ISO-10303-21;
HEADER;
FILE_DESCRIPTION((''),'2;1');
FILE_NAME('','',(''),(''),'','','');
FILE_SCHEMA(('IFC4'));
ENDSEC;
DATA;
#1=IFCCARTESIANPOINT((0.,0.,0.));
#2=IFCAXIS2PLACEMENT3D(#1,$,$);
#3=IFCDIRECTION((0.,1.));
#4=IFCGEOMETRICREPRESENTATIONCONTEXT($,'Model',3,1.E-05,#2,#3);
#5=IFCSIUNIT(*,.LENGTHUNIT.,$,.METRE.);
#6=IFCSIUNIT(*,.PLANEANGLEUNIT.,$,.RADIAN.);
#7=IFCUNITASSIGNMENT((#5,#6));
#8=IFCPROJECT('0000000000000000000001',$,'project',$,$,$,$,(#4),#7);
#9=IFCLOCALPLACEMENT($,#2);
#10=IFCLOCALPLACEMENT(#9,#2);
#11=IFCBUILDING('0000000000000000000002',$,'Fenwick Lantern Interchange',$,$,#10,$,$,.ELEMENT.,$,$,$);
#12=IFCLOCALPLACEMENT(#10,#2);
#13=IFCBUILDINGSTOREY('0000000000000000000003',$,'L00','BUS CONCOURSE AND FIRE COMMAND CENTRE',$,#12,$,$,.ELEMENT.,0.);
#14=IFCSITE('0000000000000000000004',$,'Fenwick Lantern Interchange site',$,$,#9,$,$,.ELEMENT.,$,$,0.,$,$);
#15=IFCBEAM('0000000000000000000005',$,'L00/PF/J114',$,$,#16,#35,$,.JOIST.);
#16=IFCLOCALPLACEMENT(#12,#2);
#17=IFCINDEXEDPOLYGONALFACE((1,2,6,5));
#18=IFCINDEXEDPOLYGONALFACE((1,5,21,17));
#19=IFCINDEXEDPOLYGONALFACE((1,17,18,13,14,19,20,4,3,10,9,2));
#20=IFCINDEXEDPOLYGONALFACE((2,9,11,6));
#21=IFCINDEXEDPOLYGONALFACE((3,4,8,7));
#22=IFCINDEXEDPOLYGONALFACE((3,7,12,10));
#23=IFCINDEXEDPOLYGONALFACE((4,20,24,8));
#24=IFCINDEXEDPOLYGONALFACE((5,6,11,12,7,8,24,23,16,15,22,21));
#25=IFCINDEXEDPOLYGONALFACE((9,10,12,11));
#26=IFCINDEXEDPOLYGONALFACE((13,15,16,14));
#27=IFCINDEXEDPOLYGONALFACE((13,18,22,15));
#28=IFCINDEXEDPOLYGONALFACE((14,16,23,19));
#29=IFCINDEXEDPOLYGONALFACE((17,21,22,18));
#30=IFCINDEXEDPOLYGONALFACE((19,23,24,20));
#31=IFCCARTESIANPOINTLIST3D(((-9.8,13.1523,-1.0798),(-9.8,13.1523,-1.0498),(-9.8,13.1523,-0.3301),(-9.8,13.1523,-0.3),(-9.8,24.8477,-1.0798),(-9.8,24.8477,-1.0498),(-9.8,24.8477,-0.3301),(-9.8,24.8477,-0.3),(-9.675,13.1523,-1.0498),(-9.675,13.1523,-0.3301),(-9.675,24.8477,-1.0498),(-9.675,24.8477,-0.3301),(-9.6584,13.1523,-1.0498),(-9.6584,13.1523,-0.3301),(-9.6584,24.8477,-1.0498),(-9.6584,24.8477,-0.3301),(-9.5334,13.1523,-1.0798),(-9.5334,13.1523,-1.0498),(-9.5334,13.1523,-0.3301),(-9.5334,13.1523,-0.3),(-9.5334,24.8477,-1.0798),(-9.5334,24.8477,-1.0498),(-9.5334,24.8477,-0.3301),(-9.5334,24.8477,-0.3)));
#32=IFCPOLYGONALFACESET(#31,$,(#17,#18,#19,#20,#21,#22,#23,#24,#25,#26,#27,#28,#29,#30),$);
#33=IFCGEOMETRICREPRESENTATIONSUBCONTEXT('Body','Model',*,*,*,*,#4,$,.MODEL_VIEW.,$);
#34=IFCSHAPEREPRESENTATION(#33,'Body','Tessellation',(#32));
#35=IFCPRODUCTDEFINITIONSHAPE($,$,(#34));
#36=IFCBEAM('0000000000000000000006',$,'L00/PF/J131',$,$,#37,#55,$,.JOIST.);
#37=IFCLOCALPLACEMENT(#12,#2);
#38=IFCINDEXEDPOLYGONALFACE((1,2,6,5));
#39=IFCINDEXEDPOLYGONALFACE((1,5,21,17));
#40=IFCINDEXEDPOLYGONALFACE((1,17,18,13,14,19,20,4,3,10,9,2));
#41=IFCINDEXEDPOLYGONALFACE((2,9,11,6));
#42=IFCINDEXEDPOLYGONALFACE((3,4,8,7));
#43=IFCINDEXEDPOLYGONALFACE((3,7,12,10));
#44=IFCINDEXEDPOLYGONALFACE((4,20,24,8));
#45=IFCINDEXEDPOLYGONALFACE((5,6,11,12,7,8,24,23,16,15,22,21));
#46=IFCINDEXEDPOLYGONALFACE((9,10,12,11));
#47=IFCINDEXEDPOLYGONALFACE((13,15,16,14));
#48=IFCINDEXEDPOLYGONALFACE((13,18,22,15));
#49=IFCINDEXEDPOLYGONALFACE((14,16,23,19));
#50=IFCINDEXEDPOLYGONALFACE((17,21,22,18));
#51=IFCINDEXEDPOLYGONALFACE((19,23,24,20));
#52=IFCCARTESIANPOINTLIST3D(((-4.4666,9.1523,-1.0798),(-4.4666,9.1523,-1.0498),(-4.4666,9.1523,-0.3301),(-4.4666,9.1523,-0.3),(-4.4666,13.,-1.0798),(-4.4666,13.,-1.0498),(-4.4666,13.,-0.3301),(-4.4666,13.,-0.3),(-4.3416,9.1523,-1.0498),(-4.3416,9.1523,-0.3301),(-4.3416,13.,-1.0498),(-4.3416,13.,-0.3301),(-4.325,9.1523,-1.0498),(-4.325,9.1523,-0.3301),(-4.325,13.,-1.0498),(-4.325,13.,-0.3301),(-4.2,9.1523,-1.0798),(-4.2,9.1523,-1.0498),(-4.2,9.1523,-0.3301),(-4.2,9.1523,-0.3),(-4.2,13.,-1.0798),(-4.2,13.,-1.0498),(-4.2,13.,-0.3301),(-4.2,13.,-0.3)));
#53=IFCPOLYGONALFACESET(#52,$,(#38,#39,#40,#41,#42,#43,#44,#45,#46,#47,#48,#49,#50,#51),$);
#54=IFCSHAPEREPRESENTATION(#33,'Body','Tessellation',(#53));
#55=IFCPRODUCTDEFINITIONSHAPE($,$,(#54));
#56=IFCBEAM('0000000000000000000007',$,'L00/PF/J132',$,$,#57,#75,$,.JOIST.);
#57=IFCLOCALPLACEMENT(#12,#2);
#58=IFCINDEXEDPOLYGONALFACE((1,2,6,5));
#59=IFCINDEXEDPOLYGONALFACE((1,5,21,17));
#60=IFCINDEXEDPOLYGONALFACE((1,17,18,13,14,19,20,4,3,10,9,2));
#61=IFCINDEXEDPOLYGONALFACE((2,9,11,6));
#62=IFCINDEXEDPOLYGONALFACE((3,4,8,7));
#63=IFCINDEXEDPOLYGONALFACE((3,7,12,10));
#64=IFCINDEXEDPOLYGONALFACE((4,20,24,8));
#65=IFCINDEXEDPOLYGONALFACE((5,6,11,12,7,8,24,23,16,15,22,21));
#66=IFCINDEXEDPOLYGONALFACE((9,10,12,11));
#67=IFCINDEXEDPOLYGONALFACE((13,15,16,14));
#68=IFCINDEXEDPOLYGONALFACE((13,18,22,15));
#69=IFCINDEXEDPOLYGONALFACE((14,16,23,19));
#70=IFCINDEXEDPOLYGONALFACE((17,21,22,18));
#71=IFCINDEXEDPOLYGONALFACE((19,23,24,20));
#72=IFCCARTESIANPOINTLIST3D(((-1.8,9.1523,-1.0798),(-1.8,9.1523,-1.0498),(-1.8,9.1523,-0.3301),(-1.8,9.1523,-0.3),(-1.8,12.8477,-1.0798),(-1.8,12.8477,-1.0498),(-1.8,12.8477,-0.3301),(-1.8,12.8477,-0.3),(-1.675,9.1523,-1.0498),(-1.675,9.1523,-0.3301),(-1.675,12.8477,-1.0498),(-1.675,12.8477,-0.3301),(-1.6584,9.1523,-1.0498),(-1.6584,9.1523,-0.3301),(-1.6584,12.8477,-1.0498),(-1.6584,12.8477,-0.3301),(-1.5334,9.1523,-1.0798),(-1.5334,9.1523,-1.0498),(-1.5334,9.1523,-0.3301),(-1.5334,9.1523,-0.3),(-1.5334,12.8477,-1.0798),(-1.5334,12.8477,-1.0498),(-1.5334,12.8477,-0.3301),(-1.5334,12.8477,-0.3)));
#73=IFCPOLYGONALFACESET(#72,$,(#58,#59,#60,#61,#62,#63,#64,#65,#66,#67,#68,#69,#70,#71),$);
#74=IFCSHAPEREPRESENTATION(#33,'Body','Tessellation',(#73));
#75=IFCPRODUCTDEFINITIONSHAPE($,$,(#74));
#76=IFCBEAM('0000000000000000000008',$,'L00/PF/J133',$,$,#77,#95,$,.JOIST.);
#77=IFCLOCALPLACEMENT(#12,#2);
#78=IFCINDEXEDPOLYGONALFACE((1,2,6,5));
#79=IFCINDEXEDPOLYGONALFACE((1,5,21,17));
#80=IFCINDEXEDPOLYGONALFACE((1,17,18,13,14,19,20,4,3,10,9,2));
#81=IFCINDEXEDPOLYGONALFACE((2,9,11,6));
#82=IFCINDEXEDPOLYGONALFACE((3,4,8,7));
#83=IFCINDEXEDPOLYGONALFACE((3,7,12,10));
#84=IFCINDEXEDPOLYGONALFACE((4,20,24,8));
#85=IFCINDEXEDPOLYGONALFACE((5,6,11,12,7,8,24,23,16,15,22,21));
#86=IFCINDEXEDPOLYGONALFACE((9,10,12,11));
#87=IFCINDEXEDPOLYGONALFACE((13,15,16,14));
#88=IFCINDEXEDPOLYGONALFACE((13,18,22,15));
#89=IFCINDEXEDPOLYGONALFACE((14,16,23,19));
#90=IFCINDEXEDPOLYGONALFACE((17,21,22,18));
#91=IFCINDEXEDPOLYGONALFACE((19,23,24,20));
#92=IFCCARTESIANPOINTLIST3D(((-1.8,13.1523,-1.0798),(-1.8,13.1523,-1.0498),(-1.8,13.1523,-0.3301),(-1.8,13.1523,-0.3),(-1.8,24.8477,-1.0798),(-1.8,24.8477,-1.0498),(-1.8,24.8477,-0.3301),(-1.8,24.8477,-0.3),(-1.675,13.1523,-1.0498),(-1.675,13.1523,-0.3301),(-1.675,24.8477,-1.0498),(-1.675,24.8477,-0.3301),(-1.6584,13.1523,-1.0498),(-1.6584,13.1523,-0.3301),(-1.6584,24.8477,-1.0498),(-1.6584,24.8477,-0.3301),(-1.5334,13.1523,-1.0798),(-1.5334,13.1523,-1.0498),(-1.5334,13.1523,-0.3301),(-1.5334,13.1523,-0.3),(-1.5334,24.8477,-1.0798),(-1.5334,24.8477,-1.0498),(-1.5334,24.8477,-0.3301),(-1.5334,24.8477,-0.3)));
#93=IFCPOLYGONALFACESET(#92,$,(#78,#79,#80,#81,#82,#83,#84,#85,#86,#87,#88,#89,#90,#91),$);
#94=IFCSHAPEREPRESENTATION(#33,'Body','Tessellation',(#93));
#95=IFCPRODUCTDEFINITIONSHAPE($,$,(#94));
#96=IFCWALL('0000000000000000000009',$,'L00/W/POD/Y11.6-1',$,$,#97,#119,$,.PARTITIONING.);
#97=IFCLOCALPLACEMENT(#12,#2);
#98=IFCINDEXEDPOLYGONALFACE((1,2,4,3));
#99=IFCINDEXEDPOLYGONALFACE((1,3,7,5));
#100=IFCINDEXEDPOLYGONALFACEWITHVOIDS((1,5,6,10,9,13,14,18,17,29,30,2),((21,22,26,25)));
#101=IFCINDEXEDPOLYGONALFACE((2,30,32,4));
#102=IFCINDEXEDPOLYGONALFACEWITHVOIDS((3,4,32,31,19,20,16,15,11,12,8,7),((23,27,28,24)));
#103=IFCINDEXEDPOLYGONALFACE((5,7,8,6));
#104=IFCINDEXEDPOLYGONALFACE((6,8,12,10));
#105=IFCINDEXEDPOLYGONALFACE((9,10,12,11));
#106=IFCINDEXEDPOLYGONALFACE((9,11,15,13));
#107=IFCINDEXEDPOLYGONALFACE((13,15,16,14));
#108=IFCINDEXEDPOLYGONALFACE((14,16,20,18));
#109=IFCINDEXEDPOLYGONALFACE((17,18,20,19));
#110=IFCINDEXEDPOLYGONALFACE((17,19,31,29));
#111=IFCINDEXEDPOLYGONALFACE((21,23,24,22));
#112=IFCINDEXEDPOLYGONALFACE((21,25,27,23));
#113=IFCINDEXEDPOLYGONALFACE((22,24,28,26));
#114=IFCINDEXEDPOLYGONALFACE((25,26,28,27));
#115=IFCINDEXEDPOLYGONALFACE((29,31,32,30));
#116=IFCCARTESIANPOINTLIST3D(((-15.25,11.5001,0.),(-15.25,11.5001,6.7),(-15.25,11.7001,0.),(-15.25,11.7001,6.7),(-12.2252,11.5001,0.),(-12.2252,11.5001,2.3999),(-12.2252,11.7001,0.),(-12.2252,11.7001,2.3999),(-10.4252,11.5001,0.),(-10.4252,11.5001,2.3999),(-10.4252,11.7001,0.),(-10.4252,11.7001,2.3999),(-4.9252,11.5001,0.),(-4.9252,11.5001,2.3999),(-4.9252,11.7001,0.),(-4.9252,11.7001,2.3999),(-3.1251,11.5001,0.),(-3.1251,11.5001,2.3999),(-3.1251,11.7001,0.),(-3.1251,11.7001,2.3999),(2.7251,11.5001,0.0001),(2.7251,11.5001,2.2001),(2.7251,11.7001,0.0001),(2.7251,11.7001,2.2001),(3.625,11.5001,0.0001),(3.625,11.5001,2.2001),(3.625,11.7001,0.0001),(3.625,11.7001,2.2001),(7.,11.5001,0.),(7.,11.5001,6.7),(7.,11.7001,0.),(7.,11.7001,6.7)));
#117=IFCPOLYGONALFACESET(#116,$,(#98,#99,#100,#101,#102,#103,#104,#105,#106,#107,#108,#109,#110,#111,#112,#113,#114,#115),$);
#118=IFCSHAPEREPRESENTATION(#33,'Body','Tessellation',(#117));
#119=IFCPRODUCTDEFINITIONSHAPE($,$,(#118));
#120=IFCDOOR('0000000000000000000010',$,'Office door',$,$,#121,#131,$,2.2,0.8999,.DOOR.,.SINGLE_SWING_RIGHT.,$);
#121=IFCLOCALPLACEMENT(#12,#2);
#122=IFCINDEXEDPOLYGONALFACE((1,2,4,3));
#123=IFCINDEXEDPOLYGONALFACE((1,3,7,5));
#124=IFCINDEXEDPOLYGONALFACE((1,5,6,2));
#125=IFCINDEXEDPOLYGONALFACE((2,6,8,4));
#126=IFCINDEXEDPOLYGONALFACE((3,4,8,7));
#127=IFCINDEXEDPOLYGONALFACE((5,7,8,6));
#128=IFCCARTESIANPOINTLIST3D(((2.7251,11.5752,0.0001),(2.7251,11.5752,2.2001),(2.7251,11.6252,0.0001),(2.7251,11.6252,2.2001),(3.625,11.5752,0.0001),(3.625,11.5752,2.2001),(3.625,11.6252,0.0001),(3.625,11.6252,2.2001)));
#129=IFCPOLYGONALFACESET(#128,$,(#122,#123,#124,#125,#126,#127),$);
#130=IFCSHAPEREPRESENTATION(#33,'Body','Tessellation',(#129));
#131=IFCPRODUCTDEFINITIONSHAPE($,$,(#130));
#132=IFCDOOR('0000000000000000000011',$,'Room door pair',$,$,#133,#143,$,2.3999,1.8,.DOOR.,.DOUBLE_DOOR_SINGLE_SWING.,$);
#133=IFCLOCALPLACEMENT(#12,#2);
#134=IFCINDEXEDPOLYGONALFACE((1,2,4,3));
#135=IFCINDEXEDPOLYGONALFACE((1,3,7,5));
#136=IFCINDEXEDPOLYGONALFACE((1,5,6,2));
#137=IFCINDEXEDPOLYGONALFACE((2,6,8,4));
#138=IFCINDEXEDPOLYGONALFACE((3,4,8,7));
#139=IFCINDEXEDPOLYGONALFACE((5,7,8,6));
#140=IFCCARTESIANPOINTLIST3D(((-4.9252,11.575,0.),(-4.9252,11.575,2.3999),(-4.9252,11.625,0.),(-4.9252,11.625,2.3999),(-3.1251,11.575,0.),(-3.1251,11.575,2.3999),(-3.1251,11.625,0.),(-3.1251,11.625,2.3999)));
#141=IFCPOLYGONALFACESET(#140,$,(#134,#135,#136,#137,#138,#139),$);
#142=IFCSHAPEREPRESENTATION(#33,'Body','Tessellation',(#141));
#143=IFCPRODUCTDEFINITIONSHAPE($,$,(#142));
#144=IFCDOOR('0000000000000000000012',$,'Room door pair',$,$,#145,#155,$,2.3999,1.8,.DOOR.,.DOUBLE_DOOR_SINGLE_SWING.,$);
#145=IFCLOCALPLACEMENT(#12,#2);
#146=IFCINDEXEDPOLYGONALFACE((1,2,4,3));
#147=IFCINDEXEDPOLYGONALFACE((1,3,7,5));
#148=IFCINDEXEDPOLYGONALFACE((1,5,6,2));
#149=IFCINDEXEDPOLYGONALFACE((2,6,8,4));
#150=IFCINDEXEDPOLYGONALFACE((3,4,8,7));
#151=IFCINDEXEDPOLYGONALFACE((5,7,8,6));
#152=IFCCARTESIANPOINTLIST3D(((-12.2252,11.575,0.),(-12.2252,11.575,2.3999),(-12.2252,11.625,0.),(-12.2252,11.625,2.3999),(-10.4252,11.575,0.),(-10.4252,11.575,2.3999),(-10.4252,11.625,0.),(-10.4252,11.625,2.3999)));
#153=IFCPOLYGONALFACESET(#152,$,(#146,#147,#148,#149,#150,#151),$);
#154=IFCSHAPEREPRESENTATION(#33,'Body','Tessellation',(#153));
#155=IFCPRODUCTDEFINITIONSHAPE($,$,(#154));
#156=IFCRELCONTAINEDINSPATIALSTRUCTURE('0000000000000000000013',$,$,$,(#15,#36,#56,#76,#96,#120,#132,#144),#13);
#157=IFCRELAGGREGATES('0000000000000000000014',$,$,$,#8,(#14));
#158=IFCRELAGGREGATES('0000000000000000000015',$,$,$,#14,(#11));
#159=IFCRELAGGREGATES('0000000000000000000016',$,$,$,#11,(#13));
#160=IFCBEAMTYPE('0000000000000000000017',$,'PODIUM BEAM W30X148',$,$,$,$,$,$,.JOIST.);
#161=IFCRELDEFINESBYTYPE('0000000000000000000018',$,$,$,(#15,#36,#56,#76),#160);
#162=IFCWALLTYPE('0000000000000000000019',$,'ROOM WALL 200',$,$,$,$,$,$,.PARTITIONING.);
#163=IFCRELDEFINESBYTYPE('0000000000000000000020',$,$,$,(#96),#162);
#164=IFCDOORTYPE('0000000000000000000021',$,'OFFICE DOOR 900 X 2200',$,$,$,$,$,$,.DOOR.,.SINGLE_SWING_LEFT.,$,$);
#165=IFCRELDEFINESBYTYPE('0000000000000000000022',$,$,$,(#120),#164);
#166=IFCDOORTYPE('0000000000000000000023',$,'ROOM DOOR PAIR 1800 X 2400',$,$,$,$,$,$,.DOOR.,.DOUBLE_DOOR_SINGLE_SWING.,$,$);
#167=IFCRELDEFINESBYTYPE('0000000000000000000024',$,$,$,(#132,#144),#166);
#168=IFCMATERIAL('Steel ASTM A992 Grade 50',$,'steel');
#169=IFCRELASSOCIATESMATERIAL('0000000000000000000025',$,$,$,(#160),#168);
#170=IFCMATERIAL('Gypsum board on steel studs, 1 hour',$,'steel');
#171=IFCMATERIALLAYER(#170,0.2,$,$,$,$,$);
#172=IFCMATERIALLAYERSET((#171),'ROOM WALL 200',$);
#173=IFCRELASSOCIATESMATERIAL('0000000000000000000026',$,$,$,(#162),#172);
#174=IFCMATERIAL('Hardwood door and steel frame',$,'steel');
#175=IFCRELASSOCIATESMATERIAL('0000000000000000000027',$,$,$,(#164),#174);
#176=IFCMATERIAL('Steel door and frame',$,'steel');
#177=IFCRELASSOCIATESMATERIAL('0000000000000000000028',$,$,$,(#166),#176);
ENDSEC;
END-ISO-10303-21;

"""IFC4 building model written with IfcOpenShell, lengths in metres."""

from ifc_helpers import new_model, si_unit, direction, frame, frame_2d, origin, origin_2d, place, context, subcontext, project, spatial, rectangle, i_section, extrude, material, layer, layer_set, material_profile, profile_set, type_object, element, fill, save


model = new_model("IFC4")

# Units and contexts
model_context = context("Model", 3, precision=1e-05, world=origin(), true_north=direction((0.0, 1.0)))
body_context = subcontext(model_context, "Body", "Model", "MODEL_VIEW")
ifc_project = project(units=[si_unit("LENGTHUNIT", "METRE"), si_unit("PLANEANGLEUNIT", "RADIAN")], contexts=[model_context])

# Site, building, storey
site_placement = place(None, origin())
site = spatial("IfcSite", under=ifc_project, at=site_placement, Name="Fenwick Lantern Interchange site", CompositionType="ELEMENT", RefElevation=0.0)
building_placement = place(site_placement, origin())
building = spatial("IfcBuilding", under=site, at=building_placement, Name="Fenwick Lantern Interchange", CompositionType="ELEMENT")
storey_placement = place(building_placement, origin())
storey = spatial("IfcBuildingStorey", under=building, at=storey_placement, Name="L00", Description="BUS CONCOURSE AND FIRE COMMAND CENTRE", CompositionType="ELEMENT", Elevation=0.0)

# Shared definitions
ifc_material_1 = material(Name="Steel ASTM A992 Grade 50", Category="steel")

# Beams
ifc_material_profile_1 = material_profile(ifc_material_1, i_section(OverallWidth=0.2666, OverallDepth=0.7798, WebThickness=0.0166, FlangeThickness=0.03, at=origin_2d()), Name="W30X148")
ifc_profile_set_1 = profile_set([ifc_material_profile_1], Name="Steel ASTM A992 Grade 50")
beam_type_1 = type_object("IfcBeamType", Name="PODIUM BEAM W30X148", PredefinedType="JOIST", material=ifc_profile_set_1)
for number, where, z_axis, x_axis, name in (
    (1, (-9.6667, 13.1523, -0.6899), (0.0, 1.0, 0.0), (-1.0, 0.0, 0.0), "L00/PF/J114"),
):
    element("IfcBeam", number, at=place(storey_placement, frame(where, z_axis=z_axis, x_axis=x_axis)), inside=storey, type_object=beam_type_1, Name=name, PredefinedType="JOIST", context=body_context, shape_type="SweptSolid", body=[
        extrude(i_section(OverallWidth=0.2666, OverallDepth=0.7798, WebThickness=0.0166, FlangeThickness=0.03, at=origin_2d()), origin(), (0.0, 0.0, 1.0), 11.6953),
    ])
beam_1_placement = place(storey_placement, frame((-4.3333, 9.1523, -0.6899), z_axis=(0.0, 1.0, 0.0), x_axis=(-1.0, 0.0, 0.0)))
element("IfcBeam", 2, at=beam_1_placement, inside=storey, type_object=beam_type_1, Name="L00/PF/J131", PredefinedType="JOIST", context=body_context, shape_type="SweptSolid", body=[
    extrude(i_section(OverallWidth=0.2666, OverallDepth=0.7798, WebThickness=0.0166, FlangeThickness=0.03, at=origin_2d()), origin(), (0.0, 0.0, 1.0), 3.8477),
])
beam_2_placement = place(storey_placement, frame((-1.6667, 9.1523, -0.6899), z_axis=(0.0, 1.0, 0.0), x_axis=(-1.0, 0.0, 0.0)))
element("IfcBeam", 3, at=beam_2_placement, inside=storey, type_object=beam_type_1, Name="L00/PF/J132", PredefinedType="JOIST", context=body_context, shape_type="SweptSolid", body=[
    extrude(i_section(OverallWidth=0.2666, OverallDepth=0.7798, WebThickness=0.0166, FlangeThickness=0.03, at=origin_2d()), origin(), (0.0, 0.0, 1.0), 3.6953),
])
beam_3_placement = place(storey_placement, frame((-1.6667, 13.1523, -0.6899), z_axis=(0.0, 1.0, 0.0), x_axis=(-1.0, 0.0, 0.0)))
element("IfcBeam", 4, at=beam_3_placement, inside=storey, type_object=beam_type_1, Name="L00/PF/J133", PredefinedType="JOIST", context=body_context, shape_type="SweptSolid", body=[
    extrude(i_section(OverallWidth=0.2666, OverallDepth=0.7798, WebThickness=0.0166, FlangeThickness=0.03, at=origin_2d()), origin(), (0.0, 0.0, 1.0), 11.6953),
])

# Wall, openings, doors
ifc_material_2 = material(Name="Gypsum board on steel studs, 1 hour", Category="steel")
ifc_layer_1 = layer(ifc_material_2, 0.2)
ifc_layer_set_1 = layer_set([ifc_layer_1], Name="ROOM WALL 200")
wall_type_1 = type_object("IfcWallType", Name="ROOM WALL 200", PredefinedType="PARTITIONING", material=ifc_layer_set_1)
wall_1_placement = place(storey_placement, frame((-15.25, 11.6001, 0.0), z_axis=(0.0, 0.0, 1.0), x_axis=(1.0, 0.0, 0.0)))
wall_1 = element("IfcWall", 5, at=wall_1_placement, inside=storey, type_object=wall_type_1, Name="L00/W/POD/Y11.6-1", PredefinedType="PARTITIONING", context=body_context, shape_type="SweptSolid", body=[
    extrude(rectangle(XDim=22.25, YDim=0.2, at=frame_2d((11.125, 0.0))), origin(), (0.0, 0.0, 1.0), 6.7),
])
opening_1_placement = place(wall_1_placement, frame((10.325, 0.0, 0.0)))
opening_1 = element("IfcOpeningElement", 6, at=opening_1_placement, cuts=wall_1, PredefinedType="OPENING", context=body_context, shape_type="SweptSolid", body=[
    extrude(rectangle(XDim=1.8, YDim=2.3999, at=frame_2d((0.8999, 1.2))), frame((0.0, 0.1099, 0.0), z_axis=(0.0, -1.0, 0.0), x_axis=(1.0, 0.0, 0.0)), (0.0, 0.0, 1.0), 0.22),
])
opening_2_placement = place(wall_1_placement, frame((3.0249, 0.0, 0.0)))
opening_2 = element("IfcOpeningElement", 7, at=opening_2_placement, cuts=wall_1, PredefinedType="OPENING", context=body_context, shape_type="SweptSolid", body=[
    extrude(rectangle(XDim=1.8, YDim=2.3999, at=frame_2d((0.8999, 1.2))), frame((0.0, 0.1099, 0.0), z_axis=(0.0, -1.0, 0.0), x_axis=(1.0, 0.0, 0.0)), (0.0, 0.0, 1.0), 0.22),
])
opening_3_placement = place(wall_1_placement, frame((17.9751, 0.0, 0.0)))
opening_3 = element("IfcOpeningElement", 8, at=opening_3_placement, cuts=wall_1, PredefinedType="OPENING", context=body_context, shape_type="SweptSolid", body=[
    extrude(rectangle(XDim=0.8999, YDim=2.2, at=frame_2d((0.45, 1.1001))), frame((0.0, 0.1099, 0.0), z_axis=(0.0, -1.0, 0.0), x_axis=(1.0, 0.0, 0.0)), (0.0, 0.0, 1.0), 0.22),
])
ifc_material_3 = material(Name="Hardwood door and steel frame", Category="steel")
door_type_1 = type_object("IfcDoorType", Name="OFFICE DOOR 900 X 2200", OperationType="SINGLE_SWING_LEFT", PredefinedType="DOOR", material=ifc_material_3)
door_1_placement = place(opening_3_placement, frame((0.8999, 0.0, 0.0), z_axis=(0.0, 0.0, 1.0), x_axis=(-1.0, 0.0, 0.0)))
door_1 = element("IfcDoor", 9, at=door_1_placement, inside=storey, type_object=door_type_1, Name="Office door", OperationType="SINGLE_SWING_RIGHT", OverallHeight=2.2, OverallWidth=0.8999, PredefinedType="DOOR", context=body_context, shape_type="SweptSolid", body=[
    extrude(rectangle(XDim=0.8999, YDim=2.2, at=frame_2d((0.45, 1.1001))), frame((0.0, 0.0249, 0.0), z_axis=(0.0, -1.0, 0.0), x_axis=(1.0, 0.0, 0.0)), (0.0, 0.0, 1.0), 0.05),
])
fill(opening_3, door_1)
ifc_material_4 = material(Name="Steel door and frame", Category="steel")
door_type_2 = type_object("IfcDoorType", Name="ROOM DOOR PAIR 1800 X 2400", OperationType="DOUBLE_DOOR_SINGLE_SWING", PredefinedType="DOOR", material=ifc_material_4)
door_2_placement = place(opening_1_placement, origin())
door_2 = element("IfcDoor", 10, at=door_2_placement, inside=storey, type_object=door_type_2, Name="Room door pair", OperationType="DOUBLE_DOOR_SINGLE_SWING", OverallHeight=2.3999, OverallWidth=1.8, PredefinedType="DOOR", context=body_context, shape_type="SweptSolid", body=[
    extrude(rectangle(XDim=1.8, YDim=2.3999, at=frame_2d((0.8999, 1.2))), frame((0.0, 0.0249, 0.0), z_axis=(0.0, -1.0, 0.0), x_axis=(1.0, 0.0, 0.0)), (0.0, 0.0, 1.0), 0.05),
])
fill(opening_1, door_2)
door_3_placement = place(opening_2_placement, origin())
door_3 = element("IfcDoor", 11, at=door_3_placement, inside=storey, type_object=door_type_2, Name="Room door pair", OperationType="DOUBLE_DOOR_SINGLE_SWING", OverallHeight=2.3999, OverallWidth=1.8, PredefinedType="DOOR", context=body_context, shape_type="SweptSolid", body=[
    extrude(rectangle(XDim=1.8, YDim=2.3999, at=frame_2d((0.8999, 1.2))), frame((0.0, 0.0249, 0.0), z_axis=(0.0, -1.0, 0.0), x_axis=(1.0, 0.0, 0.0)), (0.0, 0.0, 1.0), 0.05),
])
fill(opening_2, door_3)

save(model, "model.ifc")
